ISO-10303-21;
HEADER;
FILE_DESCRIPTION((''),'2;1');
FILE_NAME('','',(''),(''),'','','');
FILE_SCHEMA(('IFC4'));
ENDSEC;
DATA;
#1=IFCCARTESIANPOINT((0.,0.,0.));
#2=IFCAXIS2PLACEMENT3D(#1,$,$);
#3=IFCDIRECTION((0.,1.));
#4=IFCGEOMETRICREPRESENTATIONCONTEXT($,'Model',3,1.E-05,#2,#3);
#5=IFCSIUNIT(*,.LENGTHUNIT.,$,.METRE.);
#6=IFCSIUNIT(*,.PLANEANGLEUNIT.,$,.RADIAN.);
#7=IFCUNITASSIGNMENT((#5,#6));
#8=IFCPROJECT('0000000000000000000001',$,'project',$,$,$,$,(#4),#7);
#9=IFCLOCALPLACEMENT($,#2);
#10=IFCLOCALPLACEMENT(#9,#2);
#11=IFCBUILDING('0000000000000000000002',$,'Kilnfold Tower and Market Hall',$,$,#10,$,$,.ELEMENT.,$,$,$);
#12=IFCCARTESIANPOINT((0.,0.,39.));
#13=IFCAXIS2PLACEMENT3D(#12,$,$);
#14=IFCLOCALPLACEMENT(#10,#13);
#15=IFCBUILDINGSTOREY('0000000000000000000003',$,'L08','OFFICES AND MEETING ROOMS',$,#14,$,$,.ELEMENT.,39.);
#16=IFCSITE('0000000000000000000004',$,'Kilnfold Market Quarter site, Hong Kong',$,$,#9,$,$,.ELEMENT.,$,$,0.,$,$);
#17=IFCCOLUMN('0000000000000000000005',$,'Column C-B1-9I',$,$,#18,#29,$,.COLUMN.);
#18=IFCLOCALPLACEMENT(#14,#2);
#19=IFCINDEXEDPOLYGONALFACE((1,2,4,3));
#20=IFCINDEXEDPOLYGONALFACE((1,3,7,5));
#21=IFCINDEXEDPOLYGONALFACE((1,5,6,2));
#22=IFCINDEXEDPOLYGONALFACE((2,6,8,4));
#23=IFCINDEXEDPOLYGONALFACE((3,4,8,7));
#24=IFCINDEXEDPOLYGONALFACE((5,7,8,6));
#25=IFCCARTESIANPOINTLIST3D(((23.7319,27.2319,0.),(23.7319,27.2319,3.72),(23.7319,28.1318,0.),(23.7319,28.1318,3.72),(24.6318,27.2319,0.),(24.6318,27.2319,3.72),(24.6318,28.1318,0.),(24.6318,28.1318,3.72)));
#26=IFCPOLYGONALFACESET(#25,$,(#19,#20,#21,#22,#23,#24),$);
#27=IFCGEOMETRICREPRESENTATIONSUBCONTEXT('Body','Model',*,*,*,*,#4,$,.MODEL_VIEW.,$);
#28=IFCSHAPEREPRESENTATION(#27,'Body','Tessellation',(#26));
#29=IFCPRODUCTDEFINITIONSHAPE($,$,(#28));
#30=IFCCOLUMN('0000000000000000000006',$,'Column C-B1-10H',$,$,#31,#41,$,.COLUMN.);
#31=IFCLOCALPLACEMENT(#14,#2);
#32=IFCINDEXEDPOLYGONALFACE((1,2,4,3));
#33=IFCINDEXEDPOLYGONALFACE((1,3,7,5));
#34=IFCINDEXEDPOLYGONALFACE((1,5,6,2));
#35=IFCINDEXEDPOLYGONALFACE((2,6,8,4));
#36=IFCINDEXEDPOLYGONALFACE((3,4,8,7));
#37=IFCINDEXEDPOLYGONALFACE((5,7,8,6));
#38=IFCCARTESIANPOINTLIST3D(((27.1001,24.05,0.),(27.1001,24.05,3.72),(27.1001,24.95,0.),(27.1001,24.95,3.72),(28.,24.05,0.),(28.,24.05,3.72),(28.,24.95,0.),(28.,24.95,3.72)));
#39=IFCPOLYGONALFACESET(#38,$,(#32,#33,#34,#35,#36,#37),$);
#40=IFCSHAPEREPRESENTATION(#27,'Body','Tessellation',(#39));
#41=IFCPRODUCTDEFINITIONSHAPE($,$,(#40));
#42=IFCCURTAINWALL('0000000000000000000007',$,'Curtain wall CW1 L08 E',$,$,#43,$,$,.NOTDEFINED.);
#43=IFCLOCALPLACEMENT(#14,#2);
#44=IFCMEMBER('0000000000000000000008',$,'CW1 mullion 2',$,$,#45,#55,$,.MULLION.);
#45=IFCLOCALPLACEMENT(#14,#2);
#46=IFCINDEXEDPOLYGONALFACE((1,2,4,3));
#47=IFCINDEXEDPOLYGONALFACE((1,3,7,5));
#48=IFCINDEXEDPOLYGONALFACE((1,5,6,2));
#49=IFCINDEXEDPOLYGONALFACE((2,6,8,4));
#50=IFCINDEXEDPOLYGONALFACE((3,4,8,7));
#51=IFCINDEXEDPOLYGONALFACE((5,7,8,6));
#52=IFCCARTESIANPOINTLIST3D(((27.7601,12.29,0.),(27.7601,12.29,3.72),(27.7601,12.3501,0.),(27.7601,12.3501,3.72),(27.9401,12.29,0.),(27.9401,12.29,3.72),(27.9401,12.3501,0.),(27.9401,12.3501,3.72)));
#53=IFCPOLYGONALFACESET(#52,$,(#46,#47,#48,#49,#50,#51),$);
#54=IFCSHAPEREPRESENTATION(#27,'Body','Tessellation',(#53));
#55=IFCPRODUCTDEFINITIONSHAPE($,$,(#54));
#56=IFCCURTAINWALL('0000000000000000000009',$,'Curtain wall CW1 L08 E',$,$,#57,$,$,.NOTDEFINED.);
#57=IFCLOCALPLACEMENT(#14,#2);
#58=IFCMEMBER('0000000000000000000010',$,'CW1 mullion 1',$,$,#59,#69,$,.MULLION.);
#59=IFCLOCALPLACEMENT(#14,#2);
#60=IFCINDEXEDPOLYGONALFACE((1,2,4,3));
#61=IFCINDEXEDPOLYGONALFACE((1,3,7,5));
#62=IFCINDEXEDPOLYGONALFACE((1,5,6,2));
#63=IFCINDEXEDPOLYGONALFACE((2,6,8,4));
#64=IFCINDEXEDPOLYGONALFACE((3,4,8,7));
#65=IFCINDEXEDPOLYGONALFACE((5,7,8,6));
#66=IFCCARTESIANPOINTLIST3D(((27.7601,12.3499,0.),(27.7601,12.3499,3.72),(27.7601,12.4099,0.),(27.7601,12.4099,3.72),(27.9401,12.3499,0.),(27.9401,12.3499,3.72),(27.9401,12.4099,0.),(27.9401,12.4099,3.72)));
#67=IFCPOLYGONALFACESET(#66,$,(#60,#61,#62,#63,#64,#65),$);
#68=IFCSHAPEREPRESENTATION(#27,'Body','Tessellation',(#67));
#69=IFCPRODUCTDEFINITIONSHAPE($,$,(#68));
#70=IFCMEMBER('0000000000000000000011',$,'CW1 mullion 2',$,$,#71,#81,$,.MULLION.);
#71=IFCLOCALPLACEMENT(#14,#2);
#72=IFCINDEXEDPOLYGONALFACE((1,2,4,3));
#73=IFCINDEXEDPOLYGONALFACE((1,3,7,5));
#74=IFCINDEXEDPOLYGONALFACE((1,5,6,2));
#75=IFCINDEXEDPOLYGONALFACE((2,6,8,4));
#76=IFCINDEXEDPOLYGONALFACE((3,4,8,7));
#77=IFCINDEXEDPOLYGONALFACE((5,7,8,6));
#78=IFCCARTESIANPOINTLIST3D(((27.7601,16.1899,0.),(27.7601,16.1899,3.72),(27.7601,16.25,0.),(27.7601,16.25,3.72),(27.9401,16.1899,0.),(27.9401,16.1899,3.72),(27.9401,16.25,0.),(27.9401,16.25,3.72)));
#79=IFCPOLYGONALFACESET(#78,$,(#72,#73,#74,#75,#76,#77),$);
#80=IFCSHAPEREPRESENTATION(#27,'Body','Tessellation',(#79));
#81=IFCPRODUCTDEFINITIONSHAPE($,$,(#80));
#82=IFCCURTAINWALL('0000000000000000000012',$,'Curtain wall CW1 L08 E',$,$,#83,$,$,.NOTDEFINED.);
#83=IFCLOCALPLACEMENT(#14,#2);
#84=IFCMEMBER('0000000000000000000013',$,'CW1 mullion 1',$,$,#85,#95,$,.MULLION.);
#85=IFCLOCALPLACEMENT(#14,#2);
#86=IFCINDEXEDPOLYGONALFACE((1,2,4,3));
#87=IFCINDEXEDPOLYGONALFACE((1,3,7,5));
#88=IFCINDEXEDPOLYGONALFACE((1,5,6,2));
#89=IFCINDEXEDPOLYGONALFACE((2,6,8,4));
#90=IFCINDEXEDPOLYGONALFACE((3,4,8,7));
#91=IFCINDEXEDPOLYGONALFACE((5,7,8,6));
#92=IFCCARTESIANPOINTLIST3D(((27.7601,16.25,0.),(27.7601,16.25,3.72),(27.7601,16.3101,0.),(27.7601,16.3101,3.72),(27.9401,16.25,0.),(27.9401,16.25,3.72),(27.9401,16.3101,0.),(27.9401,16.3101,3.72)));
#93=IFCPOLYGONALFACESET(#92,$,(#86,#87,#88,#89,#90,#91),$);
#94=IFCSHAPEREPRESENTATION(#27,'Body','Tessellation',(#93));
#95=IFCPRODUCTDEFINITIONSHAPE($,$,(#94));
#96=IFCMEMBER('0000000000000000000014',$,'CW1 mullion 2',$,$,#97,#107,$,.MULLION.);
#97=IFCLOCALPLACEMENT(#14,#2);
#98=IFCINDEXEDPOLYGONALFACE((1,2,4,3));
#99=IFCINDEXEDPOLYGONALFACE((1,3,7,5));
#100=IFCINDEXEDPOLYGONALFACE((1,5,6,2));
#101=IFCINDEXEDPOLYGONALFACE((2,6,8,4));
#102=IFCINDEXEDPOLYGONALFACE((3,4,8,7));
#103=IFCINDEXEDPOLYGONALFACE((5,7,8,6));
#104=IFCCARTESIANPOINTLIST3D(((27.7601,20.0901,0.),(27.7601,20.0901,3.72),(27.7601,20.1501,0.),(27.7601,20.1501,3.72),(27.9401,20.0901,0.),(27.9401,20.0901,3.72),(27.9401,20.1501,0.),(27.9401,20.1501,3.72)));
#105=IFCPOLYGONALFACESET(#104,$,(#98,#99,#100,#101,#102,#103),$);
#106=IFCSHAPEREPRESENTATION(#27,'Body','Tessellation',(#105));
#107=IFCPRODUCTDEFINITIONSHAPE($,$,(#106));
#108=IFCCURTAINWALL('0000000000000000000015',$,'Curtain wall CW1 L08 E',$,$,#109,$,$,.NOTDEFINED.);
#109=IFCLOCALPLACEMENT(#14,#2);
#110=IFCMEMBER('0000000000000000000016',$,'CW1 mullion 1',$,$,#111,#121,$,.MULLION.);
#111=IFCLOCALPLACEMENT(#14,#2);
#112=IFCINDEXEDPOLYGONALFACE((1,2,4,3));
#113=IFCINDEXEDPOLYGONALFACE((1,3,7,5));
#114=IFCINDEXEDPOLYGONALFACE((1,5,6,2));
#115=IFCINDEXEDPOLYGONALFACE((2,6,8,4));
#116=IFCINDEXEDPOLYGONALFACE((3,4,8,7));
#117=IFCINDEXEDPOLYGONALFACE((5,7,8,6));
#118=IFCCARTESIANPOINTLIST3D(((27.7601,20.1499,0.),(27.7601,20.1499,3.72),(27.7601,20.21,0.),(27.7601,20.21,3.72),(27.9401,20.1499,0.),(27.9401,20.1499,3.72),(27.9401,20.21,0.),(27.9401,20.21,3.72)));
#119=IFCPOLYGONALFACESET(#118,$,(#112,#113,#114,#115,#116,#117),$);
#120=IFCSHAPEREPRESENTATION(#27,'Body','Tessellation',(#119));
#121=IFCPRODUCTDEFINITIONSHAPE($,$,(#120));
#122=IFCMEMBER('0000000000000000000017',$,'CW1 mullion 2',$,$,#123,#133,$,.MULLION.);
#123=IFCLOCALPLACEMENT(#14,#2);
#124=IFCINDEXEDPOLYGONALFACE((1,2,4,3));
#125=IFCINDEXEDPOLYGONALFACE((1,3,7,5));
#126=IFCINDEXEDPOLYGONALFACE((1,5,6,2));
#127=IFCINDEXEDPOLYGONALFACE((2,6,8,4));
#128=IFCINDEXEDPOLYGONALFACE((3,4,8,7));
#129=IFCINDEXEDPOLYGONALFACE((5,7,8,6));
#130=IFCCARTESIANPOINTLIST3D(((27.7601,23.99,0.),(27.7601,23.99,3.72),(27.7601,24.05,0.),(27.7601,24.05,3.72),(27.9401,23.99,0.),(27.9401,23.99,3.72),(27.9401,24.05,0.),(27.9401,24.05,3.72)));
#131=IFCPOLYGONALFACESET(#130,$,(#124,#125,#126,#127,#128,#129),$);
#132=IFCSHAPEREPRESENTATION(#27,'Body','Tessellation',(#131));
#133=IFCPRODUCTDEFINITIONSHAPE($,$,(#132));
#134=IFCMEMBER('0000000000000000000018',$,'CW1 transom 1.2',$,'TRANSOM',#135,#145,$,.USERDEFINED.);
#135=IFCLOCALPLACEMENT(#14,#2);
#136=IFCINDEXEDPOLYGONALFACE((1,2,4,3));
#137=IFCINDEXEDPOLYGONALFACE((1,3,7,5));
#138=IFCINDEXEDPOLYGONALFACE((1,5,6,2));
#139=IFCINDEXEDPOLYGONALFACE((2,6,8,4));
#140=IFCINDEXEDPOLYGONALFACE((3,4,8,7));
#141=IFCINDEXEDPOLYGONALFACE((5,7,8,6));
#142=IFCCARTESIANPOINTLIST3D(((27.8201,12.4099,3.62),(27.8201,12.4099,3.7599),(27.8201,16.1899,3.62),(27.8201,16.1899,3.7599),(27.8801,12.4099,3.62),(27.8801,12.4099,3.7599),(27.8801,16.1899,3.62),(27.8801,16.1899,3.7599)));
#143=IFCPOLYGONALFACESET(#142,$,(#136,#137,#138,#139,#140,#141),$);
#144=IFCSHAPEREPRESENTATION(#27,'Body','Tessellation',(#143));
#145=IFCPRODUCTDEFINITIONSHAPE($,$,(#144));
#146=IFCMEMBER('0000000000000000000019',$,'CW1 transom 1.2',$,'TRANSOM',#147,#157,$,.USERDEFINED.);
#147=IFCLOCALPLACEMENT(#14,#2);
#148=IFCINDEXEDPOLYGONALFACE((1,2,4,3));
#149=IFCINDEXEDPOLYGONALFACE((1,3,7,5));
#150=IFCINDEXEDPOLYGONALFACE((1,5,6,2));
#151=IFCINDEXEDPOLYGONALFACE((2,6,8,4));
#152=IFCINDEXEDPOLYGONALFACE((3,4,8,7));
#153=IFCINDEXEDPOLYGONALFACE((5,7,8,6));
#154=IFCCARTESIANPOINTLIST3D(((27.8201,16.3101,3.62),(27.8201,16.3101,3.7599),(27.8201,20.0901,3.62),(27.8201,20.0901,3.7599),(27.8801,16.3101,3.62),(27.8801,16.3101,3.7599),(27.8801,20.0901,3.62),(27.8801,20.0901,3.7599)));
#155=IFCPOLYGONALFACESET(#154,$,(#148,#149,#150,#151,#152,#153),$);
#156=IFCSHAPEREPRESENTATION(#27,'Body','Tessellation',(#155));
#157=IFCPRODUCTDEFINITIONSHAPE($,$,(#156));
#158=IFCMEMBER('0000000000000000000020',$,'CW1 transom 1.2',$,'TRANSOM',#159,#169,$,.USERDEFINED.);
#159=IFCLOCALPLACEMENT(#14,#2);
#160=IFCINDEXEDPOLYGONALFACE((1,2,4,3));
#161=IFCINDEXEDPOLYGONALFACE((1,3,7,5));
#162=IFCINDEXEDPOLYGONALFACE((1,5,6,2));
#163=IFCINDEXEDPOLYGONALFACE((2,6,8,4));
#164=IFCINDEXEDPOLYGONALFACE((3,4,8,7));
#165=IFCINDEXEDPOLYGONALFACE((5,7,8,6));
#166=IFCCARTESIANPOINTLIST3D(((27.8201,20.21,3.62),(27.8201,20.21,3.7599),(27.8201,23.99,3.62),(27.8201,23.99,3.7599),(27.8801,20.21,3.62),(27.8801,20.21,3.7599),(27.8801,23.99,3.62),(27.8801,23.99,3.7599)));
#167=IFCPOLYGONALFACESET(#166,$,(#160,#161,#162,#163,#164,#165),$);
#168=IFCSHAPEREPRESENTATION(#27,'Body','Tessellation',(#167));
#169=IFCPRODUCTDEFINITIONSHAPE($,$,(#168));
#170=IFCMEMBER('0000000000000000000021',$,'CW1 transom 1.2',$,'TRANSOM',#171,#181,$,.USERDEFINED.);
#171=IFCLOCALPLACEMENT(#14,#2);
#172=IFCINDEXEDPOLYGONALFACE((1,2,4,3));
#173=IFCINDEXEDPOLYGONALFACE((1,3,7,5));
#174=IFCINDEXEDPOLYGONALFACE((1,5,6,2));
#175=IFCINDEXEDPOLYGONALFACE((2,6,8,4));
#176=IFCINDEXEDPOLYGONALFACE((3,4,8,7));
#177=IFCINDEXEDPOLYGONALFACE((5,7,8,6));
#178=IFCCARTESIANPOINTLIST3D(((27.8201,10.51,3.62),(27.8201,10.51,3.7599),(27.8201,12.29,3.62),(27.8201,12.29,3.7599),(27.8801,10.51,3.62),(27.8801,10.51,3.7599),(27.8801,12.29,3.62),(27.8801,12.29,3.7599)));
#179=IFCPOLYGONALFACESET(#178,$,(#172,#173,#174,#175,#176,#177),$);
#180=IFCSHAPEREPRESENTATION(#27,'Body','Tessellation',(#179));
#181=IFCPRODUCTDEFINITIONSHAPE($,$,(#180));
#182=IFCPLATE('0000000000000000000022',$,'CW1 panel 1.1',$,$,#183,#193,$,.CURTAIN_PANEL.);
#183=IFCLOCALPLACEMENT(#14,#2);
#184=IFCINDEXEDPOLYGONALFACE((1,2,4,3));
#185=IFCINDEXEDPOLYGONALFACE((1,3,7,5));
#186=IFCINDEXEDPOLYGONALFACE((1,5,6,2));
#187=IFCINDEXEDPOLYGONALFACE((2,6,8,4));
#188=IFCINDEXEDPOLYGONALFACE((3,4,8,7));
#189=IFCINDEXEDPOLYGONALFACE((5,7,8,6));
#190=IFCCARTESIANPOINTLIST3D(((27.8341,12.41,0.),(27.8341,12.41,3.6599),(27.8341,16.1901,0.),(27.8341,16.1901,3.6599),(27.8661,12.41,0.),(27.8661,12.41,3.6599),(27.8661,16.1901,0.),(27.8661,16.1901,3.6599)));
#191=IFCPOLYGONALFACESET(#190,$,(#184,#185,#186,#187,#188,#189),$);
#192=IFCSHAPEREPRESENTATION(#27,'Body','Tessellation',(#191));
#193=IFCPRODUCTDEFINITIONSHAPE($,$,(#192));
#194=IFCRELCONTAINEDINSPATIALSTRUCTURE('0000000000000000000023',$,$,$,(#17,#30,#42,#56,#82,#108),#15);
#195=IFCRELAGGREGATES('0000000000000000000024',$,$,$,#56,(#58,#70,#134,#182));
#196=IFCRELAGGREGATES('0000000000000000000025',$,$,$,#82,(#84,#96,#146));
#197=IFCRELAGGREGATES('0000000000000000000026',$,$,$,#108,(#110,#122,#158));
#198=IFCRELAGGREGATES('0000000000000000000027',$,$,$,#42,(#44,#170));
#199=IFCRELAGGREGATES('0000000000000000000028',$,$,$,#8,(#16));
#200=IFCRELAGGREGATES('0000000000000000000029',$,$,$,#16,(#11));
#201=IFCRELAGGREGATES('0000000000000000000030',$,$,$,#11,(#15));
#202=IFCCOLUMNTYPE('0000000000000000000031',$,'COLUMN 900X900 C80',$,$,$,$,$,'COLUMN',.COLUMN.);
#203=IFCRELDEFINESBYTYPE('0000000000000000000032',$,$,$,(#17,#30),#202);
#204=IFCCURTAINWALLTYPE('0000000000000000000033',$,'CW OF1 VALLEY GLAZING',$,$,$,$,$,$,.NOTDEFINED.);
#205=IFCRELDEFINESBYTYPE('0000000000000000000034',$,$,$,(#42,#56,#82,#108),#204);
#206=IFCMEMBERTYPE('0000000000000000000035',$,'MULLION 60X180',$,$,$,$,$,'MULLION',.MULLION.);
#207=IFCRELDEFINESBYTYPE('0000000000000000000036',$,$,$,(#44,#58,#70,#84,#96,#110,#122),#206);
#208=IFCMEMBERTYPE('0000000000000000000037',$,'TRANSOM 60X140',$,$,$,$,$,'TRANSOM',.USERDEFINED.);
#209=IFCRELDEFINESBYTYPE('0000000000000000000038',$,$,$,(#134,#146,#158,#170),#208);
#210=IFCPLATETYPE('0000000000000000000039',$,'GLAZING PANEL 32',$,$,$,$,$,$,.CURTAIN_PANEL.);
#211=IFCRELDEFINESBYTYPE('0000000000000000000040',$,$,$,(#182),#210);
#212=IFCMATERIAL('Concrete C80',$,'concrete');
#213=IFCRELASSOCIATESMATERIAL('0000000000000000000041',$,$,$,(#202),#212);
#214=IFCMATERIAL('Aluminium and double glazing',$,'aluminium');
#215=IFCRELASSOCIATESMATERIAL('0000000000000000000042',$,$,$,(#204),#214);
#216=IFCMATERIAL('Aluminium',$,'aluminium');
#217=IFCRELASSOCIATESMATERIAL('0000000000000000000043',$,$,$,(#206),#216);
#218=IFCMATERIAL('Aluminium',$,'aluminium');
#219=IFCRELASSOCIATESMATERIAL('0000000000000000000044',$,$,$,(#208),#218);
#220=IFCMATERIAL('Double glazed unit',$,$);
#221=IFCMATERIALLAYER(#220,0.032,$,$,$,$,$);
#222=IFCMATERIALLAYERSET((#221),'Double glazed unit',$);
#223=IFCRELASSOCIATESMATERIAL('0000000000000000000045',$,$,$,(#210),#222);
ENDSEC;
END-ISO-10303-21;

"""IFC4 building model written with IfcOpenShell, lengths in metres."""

from ifc_helpers import new_model, si_unit, direction, frame, origin, origin_2d, place, context, subcontext, project, spatial, rectangle, extrude, source, transform, mapped, material, layer, layer_set, material_profile, profile_set, type_object, element, aggregate, save


model = new_model("IFC4")

# Units and contexts
model_context = context("Model", 3, precision=1e-05, world=origin(), true_north=direction((0.0, 1.0)))
body_context = subcontext(model_context, "Body", "Model", "MODEL_VIEW")
ifc_project = project(units=[si_unit("LENGTHUNIT", "METRE"), si_unit("PLANEANGLEUNIT", "RADIAN")], contexts=[model_context])

# Site, building, storey
site_placement = place(None, origin())
site = spatial("IfcSite", under=ifc_project, at=site_placement, Name="Kilnfold Market Quarter site, Hong Kong", CompositionType="ELEMENT", RefElevation=0.0)
building_placement = place(site_placement, origin())
building = spatial("IfcBuilding", under=site, at=building_placement, Name="Kilnfold Tower and Market Hall", CompositionType="ELEMENT")
storey_placement = place(building_placement, frame((0.0, 0.0, 39.0)))
storey = spatial("IfcBuildingStorey", under=building, at=storey_placement, Name="L08", Description="OFFICES AND MEETING ROOMS", CompositionType="ELEMENT", Elevation=39.0)

# Columns
ifc_material_1 = material(Name="Concrete C80", Category="concrete")
ifc_material_profile_1 = material_profile(ifc_material_1, rectangle(XDim=0.8999, YDim=0.8999, at=origin_2d()), Name="RC 900x900")
ifc_profile_set_1 = profile_set([ifc_material_profile_1], Name="Concrete C80")
column_type = type_object("IfcColumnType", Name="COLUMN 900X900 C80", ElementType="COLUMN", PredefinedType="COLUMN", material=ifc_profile_set_1)
shared_shape_1 = source(origin(), body_context, "Body", "SweptSolid", [
    extrude(rectangle(XDim=0.8999, YDim=0.8999, at=origin_2d()), origin(), (0.0, 0.0, 1.0), 3.72),
])
for number, where, z_axis, x_axis, name in (
    (1, (24.1819, 27.6819, 0.0), (0.0, 0.0, 1.0), (1.0, 0.0, 0.0), "Column C-B1-9I"),
    (2, (27.55, 24.5, 0.0), (0.0, 0.0, 1.0), (1.0, 0.0, 0.0), "Column C-B1-10H"),
):
    element("IfcColumn", number, at=place(storey_placement, frame(where, z_axis=z_axis, x_axis=x_axis)), inside=storey, type_object=column_type, Name=name, PredefinedType="COLUMN", context=body_context, shape_type="MappedRepresentation", body=[
        mapped(shared_shape_1, transform((0.0, 0.0, 0.0))),
    ])

# Curtain wall, member
ifc_material_2 = material(Name="Aluminium and double glazing", Category="aluminium")
curtain_wall_type = type_object("IfcCurtainWallType", Name="CW OF1 VALLEY GLAZING", PredefinedType="NOTDEFINED", material=ifc_material_2)
curtain_wall_1_placement = place(storey_placement, origin())
curtain_wall_1 = element("IfcCurtainWall", 3, at=curtain_wall_1_placement, inside=storey, type_object=curtain_wall_type, Name="Curtain wall CW1 L08 E", PredefinedType="NOTDEFINED")
ifc_material_3 = material(Name="Aluminium", Category="aluminium")
ifc_material_profile_2 = material_profile(ifc_material_3, rectangle(XDim=0.0601, YDim=0.1799, at=origin_2d()), Name="MULLION 60x180")
ifc_profile_set_2 = profile_set([ifc_material_profile_2], Name="Aluminium")
member_type_1 = type_object("IfcMemberType", Name="MULLION 60X180", ElementType="MULLION", PredefinedType="MULLION", material=ifc_profile_set_2)
shared_shape_2 = source(origin(), body_context, "Body", "SweptSolid", [
    extrude(rectangle(XDim=0.0601, YDim=0.1799, at=origin_2d()), origin(), (0.0, 0.0, 1.0), 3.72),
])
member_1_placement = place(storey_placement, frame((27.8501, 12.3201, 0.0), z_axis=(0.0, 0.0, 1.0), x_axis=(0.0, 1.0, 0.0)))
member_1 = element("IfcMember", 4, at=member_1_placement, type_object=member_type_1, Name="CW1 mullion 2", PredefinedType="MULLION", context=body_context, shape_type="MappedRepresentation", body=[
    mapped(shared_shape_2, transform((0.0, 0.0, 0.0))),
])

# Curtain walls, members
curtain_wall_2_placement = place(storey_placement, origin())
curtain_wall_2 = element("IfcCurtainWall", 5, at=curtain_wall_2_placement, inside=storey, type_object=curtain_wall_type, Name="Curtain wall CW1 L08 E", PredefinedType="NOTDEFINED")
member_2_placement = place(storey_placement, frame((27.8501, 12.3799, 0.0), z_axis=(0.0, 0.0, 1.0), x_axis=(0.0, 1.0, 0.0)))
member_2 = element("IfcMember", 6, at=member_2_placement, type_object=member_type_1, Name="CW1 mullion 1", PredefinedType="MULLION", context=body_context, shape_type="MappedRepresentation", body=[
    mapped(shared_shape_2, transform((0.0, 0.0, 0.0))),
])
member_3_placement = place(storey_placement, frame((27.8501, 16.22, 0.0), z_axis=(0.0, 0.0, 1.0), x_axis=(0.0, 1.0, 0.0)))
member_3 = element("IfcMember", 7, at=member_3_placement, type_object=member_type_1, Name="CW1 mullion 2", PredefinedType="MULLION", context=body_context, shape_type="MappedRepresentation", body=[
    mapped(shared_shape_2, transform((0.0, 0.0, 0.0))),
])
curtain_wall_3_placement = place(storey_placement, origin())
curtain_wall_3 = element("IfcCurtainWall", 8, at=curtain_wall_3_placement, inside=storey, type_object=curtain_wall_type, Name="Curtain wall CW1 L08 E", PredefinedType="NOTDEFINED")
member_4_placement = place(storey_placement, frame((27.8501, 16.28, 0.0), z_axis=(0.0, 0.0, 1.0), x_axis=(0.0, 1.0, 0.0)))
member_4 = element("IfcMember", 9, at=member_4_placement, type_object=member_type_1, Name="CW1 mullion 1", PredefinedType="MULLION", context=body_context, shape_type="MappedRepresentation", body=[
    mapped(shared_shape_2, transform((0.0, 0.0, 0.0))),
])
member_5_placement = place(storey_placement, frame((27.8501, 20.1201, 0.0), z_axis=(0.0, 0.0, 1.0), x_axis=(0.0, 1.0, 0.0)))
member_5 = element("IfcMember", 10, at=member_5_placement, type_object=member_type_1, Name="CW1 mullion 2", PredefinedType="MULLION", context=body_context, shape_type="MappedRepresentation", body=[
    mapped(shared_shape_2, transform((0.0, 0.0, 0.0))),
])
curtain_wall_4_placement = place(storey_placement, origin())
curtain_wall_4 = element("IfcCurtainWall", 11, at=curtain_wall_4_placement, inside=storey, type_object=curtain_wall_type, Name="Curtain wall CW1 L08 E", PredefinedType="NOTDEFINED")
member_6_placement = place(storey_placement, frame((27.8501, 20.1799, 0.0), z_axis=(0.0, 0.0, 1.0), x_axis=(0.0, 1.0, 0.0)))
member_6 = element("IfcMember", 12, at=member_6_placement, type_object=member_type_1, Name="CW1 mullion 1", PredefinedType="MULLION", context=body_context, shape_type="MappedRepresentation", body=[
    mapped(shared_shape_2, transform((0.0, 0.0, 0.0))),
])
member_7_placement = place(storey_placement, frame((27.8501, 24.02, 0.0), z_axis=(0.0, 0.0, 1.0), x_axis=(0.0, 1.0, 0.0)))
member_7 = element("IfcMember", 13, at=member_7_placement, type_object=member_type_1, Name="CW1 mullion 2", PredefinedType="MULLION", context=body_context, shape_type="MappedRepresentation", body=[
    mapped(shared_shape_2, transform((0.0, 0.0, 0.0))),
])

# Members
ifc_material_4 = material(Name="Aluminium", Category="aluminium")
ifc_material_profile_3 = material_profile(ifc_material_4, rectangle(XDim=0.0601, YDim=0.1399, at=origin_2d()), Name="TRANSOM 60x140")
ifc_profile_set_3 = profile_set([ifc_material_profile_3], Name="Aluminium")
member_type_2 = type_object("IfcMemberType", Name="TRANSOM 60X140", ElementType="TRANSOM", PredefinedType="USERDEFINED", material=ifc_profile_set_3)
shared_shape_3 = source(origin(), body_context, "Body", "SweptSolid", [
    extrude(rectangle(XDim=0.0601, YDim=0.1399, at=origin_2d()), origin(), (0.0, 0.0, 1.0), 3.78),
])
member_8_placement = place(storey_placement, frame((27.8501, 12.4099, 3.6899), z_axis=(0.0, 1.0, 0.0), x_axis=(-1.0, 0.0, 0.0)))
member_8 = element("IfcMember", 14, at=member_8_placement, type_object=member_type_2, Name="CW1 transom 1.2", ObjectType="TRANSOM", PredefinedType="USERDEFINED", context=body_context, shape_type="MappedRepresentation", body=[
    mapped(shared_shape_3, transform((0.0, 0.0, 0.0))),
])
member_9_placement = place(storey_placement, frame((27.8501, 16.3101, 3.6899), z_axis=(0.0, 1.0, 0.0), x_axis=(-1.0, 0.0, 0.0)))
member_9 = element("IfcMember", 15, at=member_9_placement, type_object=member_type_2, Name="CW1 transom 1.2", ObjectType="TRANSOM", PredefinedType="USERDEFINED", context=body_context, shape_type="MappedRepresentation", body=[
    mapped(shared_shape_3, transform((0.0, 0.0, 0.0))),
])
member_10_placement = place(storey_placement, frame((27.8501, 20.21, 3.6899), z_axis=(0.0, 1.0, 0.0), x_axis=(-1.0, 0.0, 0.0)))
member_10 = element("IfcMember", 16, at=member_10_placement, type_object=member_type_2, Name="CW1 transom 1.2", ObjectType="TRANSOM", PredefinedType="USERDEFINED", context=body_context, shape_type="MappedRepresentation", body=[
    mapped(shared_shape_3, transform((0.0, 0.0, 0.0))),
])
shared_shape_4 = source(origin(), body_context, "Body", "SweptSolid", [
    extrude(rectangle(XDim=0.0601, YDim=0.1399, at=origin_2d()), origin(), (0.0, 0.0, 1.0), 1.78),
])
member_11_placement = place(storey_placement, frame((27.8501, 10.51, 3.6899), z_axis=(0.0, 1.0, 0.0), x_axis=(-1.0, 0.0, 0.0)))
member_11 = element("IfcMember", 17, at=member_11_placement, type_object=member_type_2, Name="CW1 transom 1.2", ObjectType="TRANSOM", PredefinedType="USERDEFINED", context=body_context, shape_type="MappedRepresentation", body=[
    mapped(shared_shape_4, transform((0.0, 0.0, 0.0))),
])

# Plate
ifc_material_5 = material(Name="Double glazed unit")
ifc_layer_1 = layer(ifc_material_5, 0.032)
ifc_layer_set_1 = layer_set([ifc_layer_1], Name="Double glazed unit")
plate_type = type_object("IfcPlateType", Name="GLAZING PANEL 32", PredefinedType="CURTAIN_PANEL", material=ifc_layer_set_1)
shared_shape_5 = source(origin(), body_context, "Body", "SweptSolid", [
    extrude(rectangle(XDim=3.78, YDim=0.032, at=origin_2d()), origin(), (0.0, 0.0, 1.0), 3.6599),
])
plate_1_placement = place(storey_placement, frame((27.8501, 14.3, 0.0), z_axis=(0.0, 0.0, 1.0), x_axis=(0.0, 1.0, 0.0)))
plate_1 = element("IfcPlate", 18, at=plate_1_placement, type_object=plate_type, Name="CW1 panel 1.1", PredefinedType="CURTAIN_PANEL", context=body_context, shape_type="MappedRepresentation", body=[
    mapped(shared_shape_5, transform((0.0, 0.0, 0.0))),
])
aggregate(curtain_wall_2, [member_2, member_3, member_8, plate_1])
aggregate(curtain_wall_3, [member_4, member_5, member_9])
aggregate(curtain_wall_4, [member_6, member_7, member_10])
aggregate(curtain_wall_1, [member_1, member_11])

save(model, "model.ifc")
